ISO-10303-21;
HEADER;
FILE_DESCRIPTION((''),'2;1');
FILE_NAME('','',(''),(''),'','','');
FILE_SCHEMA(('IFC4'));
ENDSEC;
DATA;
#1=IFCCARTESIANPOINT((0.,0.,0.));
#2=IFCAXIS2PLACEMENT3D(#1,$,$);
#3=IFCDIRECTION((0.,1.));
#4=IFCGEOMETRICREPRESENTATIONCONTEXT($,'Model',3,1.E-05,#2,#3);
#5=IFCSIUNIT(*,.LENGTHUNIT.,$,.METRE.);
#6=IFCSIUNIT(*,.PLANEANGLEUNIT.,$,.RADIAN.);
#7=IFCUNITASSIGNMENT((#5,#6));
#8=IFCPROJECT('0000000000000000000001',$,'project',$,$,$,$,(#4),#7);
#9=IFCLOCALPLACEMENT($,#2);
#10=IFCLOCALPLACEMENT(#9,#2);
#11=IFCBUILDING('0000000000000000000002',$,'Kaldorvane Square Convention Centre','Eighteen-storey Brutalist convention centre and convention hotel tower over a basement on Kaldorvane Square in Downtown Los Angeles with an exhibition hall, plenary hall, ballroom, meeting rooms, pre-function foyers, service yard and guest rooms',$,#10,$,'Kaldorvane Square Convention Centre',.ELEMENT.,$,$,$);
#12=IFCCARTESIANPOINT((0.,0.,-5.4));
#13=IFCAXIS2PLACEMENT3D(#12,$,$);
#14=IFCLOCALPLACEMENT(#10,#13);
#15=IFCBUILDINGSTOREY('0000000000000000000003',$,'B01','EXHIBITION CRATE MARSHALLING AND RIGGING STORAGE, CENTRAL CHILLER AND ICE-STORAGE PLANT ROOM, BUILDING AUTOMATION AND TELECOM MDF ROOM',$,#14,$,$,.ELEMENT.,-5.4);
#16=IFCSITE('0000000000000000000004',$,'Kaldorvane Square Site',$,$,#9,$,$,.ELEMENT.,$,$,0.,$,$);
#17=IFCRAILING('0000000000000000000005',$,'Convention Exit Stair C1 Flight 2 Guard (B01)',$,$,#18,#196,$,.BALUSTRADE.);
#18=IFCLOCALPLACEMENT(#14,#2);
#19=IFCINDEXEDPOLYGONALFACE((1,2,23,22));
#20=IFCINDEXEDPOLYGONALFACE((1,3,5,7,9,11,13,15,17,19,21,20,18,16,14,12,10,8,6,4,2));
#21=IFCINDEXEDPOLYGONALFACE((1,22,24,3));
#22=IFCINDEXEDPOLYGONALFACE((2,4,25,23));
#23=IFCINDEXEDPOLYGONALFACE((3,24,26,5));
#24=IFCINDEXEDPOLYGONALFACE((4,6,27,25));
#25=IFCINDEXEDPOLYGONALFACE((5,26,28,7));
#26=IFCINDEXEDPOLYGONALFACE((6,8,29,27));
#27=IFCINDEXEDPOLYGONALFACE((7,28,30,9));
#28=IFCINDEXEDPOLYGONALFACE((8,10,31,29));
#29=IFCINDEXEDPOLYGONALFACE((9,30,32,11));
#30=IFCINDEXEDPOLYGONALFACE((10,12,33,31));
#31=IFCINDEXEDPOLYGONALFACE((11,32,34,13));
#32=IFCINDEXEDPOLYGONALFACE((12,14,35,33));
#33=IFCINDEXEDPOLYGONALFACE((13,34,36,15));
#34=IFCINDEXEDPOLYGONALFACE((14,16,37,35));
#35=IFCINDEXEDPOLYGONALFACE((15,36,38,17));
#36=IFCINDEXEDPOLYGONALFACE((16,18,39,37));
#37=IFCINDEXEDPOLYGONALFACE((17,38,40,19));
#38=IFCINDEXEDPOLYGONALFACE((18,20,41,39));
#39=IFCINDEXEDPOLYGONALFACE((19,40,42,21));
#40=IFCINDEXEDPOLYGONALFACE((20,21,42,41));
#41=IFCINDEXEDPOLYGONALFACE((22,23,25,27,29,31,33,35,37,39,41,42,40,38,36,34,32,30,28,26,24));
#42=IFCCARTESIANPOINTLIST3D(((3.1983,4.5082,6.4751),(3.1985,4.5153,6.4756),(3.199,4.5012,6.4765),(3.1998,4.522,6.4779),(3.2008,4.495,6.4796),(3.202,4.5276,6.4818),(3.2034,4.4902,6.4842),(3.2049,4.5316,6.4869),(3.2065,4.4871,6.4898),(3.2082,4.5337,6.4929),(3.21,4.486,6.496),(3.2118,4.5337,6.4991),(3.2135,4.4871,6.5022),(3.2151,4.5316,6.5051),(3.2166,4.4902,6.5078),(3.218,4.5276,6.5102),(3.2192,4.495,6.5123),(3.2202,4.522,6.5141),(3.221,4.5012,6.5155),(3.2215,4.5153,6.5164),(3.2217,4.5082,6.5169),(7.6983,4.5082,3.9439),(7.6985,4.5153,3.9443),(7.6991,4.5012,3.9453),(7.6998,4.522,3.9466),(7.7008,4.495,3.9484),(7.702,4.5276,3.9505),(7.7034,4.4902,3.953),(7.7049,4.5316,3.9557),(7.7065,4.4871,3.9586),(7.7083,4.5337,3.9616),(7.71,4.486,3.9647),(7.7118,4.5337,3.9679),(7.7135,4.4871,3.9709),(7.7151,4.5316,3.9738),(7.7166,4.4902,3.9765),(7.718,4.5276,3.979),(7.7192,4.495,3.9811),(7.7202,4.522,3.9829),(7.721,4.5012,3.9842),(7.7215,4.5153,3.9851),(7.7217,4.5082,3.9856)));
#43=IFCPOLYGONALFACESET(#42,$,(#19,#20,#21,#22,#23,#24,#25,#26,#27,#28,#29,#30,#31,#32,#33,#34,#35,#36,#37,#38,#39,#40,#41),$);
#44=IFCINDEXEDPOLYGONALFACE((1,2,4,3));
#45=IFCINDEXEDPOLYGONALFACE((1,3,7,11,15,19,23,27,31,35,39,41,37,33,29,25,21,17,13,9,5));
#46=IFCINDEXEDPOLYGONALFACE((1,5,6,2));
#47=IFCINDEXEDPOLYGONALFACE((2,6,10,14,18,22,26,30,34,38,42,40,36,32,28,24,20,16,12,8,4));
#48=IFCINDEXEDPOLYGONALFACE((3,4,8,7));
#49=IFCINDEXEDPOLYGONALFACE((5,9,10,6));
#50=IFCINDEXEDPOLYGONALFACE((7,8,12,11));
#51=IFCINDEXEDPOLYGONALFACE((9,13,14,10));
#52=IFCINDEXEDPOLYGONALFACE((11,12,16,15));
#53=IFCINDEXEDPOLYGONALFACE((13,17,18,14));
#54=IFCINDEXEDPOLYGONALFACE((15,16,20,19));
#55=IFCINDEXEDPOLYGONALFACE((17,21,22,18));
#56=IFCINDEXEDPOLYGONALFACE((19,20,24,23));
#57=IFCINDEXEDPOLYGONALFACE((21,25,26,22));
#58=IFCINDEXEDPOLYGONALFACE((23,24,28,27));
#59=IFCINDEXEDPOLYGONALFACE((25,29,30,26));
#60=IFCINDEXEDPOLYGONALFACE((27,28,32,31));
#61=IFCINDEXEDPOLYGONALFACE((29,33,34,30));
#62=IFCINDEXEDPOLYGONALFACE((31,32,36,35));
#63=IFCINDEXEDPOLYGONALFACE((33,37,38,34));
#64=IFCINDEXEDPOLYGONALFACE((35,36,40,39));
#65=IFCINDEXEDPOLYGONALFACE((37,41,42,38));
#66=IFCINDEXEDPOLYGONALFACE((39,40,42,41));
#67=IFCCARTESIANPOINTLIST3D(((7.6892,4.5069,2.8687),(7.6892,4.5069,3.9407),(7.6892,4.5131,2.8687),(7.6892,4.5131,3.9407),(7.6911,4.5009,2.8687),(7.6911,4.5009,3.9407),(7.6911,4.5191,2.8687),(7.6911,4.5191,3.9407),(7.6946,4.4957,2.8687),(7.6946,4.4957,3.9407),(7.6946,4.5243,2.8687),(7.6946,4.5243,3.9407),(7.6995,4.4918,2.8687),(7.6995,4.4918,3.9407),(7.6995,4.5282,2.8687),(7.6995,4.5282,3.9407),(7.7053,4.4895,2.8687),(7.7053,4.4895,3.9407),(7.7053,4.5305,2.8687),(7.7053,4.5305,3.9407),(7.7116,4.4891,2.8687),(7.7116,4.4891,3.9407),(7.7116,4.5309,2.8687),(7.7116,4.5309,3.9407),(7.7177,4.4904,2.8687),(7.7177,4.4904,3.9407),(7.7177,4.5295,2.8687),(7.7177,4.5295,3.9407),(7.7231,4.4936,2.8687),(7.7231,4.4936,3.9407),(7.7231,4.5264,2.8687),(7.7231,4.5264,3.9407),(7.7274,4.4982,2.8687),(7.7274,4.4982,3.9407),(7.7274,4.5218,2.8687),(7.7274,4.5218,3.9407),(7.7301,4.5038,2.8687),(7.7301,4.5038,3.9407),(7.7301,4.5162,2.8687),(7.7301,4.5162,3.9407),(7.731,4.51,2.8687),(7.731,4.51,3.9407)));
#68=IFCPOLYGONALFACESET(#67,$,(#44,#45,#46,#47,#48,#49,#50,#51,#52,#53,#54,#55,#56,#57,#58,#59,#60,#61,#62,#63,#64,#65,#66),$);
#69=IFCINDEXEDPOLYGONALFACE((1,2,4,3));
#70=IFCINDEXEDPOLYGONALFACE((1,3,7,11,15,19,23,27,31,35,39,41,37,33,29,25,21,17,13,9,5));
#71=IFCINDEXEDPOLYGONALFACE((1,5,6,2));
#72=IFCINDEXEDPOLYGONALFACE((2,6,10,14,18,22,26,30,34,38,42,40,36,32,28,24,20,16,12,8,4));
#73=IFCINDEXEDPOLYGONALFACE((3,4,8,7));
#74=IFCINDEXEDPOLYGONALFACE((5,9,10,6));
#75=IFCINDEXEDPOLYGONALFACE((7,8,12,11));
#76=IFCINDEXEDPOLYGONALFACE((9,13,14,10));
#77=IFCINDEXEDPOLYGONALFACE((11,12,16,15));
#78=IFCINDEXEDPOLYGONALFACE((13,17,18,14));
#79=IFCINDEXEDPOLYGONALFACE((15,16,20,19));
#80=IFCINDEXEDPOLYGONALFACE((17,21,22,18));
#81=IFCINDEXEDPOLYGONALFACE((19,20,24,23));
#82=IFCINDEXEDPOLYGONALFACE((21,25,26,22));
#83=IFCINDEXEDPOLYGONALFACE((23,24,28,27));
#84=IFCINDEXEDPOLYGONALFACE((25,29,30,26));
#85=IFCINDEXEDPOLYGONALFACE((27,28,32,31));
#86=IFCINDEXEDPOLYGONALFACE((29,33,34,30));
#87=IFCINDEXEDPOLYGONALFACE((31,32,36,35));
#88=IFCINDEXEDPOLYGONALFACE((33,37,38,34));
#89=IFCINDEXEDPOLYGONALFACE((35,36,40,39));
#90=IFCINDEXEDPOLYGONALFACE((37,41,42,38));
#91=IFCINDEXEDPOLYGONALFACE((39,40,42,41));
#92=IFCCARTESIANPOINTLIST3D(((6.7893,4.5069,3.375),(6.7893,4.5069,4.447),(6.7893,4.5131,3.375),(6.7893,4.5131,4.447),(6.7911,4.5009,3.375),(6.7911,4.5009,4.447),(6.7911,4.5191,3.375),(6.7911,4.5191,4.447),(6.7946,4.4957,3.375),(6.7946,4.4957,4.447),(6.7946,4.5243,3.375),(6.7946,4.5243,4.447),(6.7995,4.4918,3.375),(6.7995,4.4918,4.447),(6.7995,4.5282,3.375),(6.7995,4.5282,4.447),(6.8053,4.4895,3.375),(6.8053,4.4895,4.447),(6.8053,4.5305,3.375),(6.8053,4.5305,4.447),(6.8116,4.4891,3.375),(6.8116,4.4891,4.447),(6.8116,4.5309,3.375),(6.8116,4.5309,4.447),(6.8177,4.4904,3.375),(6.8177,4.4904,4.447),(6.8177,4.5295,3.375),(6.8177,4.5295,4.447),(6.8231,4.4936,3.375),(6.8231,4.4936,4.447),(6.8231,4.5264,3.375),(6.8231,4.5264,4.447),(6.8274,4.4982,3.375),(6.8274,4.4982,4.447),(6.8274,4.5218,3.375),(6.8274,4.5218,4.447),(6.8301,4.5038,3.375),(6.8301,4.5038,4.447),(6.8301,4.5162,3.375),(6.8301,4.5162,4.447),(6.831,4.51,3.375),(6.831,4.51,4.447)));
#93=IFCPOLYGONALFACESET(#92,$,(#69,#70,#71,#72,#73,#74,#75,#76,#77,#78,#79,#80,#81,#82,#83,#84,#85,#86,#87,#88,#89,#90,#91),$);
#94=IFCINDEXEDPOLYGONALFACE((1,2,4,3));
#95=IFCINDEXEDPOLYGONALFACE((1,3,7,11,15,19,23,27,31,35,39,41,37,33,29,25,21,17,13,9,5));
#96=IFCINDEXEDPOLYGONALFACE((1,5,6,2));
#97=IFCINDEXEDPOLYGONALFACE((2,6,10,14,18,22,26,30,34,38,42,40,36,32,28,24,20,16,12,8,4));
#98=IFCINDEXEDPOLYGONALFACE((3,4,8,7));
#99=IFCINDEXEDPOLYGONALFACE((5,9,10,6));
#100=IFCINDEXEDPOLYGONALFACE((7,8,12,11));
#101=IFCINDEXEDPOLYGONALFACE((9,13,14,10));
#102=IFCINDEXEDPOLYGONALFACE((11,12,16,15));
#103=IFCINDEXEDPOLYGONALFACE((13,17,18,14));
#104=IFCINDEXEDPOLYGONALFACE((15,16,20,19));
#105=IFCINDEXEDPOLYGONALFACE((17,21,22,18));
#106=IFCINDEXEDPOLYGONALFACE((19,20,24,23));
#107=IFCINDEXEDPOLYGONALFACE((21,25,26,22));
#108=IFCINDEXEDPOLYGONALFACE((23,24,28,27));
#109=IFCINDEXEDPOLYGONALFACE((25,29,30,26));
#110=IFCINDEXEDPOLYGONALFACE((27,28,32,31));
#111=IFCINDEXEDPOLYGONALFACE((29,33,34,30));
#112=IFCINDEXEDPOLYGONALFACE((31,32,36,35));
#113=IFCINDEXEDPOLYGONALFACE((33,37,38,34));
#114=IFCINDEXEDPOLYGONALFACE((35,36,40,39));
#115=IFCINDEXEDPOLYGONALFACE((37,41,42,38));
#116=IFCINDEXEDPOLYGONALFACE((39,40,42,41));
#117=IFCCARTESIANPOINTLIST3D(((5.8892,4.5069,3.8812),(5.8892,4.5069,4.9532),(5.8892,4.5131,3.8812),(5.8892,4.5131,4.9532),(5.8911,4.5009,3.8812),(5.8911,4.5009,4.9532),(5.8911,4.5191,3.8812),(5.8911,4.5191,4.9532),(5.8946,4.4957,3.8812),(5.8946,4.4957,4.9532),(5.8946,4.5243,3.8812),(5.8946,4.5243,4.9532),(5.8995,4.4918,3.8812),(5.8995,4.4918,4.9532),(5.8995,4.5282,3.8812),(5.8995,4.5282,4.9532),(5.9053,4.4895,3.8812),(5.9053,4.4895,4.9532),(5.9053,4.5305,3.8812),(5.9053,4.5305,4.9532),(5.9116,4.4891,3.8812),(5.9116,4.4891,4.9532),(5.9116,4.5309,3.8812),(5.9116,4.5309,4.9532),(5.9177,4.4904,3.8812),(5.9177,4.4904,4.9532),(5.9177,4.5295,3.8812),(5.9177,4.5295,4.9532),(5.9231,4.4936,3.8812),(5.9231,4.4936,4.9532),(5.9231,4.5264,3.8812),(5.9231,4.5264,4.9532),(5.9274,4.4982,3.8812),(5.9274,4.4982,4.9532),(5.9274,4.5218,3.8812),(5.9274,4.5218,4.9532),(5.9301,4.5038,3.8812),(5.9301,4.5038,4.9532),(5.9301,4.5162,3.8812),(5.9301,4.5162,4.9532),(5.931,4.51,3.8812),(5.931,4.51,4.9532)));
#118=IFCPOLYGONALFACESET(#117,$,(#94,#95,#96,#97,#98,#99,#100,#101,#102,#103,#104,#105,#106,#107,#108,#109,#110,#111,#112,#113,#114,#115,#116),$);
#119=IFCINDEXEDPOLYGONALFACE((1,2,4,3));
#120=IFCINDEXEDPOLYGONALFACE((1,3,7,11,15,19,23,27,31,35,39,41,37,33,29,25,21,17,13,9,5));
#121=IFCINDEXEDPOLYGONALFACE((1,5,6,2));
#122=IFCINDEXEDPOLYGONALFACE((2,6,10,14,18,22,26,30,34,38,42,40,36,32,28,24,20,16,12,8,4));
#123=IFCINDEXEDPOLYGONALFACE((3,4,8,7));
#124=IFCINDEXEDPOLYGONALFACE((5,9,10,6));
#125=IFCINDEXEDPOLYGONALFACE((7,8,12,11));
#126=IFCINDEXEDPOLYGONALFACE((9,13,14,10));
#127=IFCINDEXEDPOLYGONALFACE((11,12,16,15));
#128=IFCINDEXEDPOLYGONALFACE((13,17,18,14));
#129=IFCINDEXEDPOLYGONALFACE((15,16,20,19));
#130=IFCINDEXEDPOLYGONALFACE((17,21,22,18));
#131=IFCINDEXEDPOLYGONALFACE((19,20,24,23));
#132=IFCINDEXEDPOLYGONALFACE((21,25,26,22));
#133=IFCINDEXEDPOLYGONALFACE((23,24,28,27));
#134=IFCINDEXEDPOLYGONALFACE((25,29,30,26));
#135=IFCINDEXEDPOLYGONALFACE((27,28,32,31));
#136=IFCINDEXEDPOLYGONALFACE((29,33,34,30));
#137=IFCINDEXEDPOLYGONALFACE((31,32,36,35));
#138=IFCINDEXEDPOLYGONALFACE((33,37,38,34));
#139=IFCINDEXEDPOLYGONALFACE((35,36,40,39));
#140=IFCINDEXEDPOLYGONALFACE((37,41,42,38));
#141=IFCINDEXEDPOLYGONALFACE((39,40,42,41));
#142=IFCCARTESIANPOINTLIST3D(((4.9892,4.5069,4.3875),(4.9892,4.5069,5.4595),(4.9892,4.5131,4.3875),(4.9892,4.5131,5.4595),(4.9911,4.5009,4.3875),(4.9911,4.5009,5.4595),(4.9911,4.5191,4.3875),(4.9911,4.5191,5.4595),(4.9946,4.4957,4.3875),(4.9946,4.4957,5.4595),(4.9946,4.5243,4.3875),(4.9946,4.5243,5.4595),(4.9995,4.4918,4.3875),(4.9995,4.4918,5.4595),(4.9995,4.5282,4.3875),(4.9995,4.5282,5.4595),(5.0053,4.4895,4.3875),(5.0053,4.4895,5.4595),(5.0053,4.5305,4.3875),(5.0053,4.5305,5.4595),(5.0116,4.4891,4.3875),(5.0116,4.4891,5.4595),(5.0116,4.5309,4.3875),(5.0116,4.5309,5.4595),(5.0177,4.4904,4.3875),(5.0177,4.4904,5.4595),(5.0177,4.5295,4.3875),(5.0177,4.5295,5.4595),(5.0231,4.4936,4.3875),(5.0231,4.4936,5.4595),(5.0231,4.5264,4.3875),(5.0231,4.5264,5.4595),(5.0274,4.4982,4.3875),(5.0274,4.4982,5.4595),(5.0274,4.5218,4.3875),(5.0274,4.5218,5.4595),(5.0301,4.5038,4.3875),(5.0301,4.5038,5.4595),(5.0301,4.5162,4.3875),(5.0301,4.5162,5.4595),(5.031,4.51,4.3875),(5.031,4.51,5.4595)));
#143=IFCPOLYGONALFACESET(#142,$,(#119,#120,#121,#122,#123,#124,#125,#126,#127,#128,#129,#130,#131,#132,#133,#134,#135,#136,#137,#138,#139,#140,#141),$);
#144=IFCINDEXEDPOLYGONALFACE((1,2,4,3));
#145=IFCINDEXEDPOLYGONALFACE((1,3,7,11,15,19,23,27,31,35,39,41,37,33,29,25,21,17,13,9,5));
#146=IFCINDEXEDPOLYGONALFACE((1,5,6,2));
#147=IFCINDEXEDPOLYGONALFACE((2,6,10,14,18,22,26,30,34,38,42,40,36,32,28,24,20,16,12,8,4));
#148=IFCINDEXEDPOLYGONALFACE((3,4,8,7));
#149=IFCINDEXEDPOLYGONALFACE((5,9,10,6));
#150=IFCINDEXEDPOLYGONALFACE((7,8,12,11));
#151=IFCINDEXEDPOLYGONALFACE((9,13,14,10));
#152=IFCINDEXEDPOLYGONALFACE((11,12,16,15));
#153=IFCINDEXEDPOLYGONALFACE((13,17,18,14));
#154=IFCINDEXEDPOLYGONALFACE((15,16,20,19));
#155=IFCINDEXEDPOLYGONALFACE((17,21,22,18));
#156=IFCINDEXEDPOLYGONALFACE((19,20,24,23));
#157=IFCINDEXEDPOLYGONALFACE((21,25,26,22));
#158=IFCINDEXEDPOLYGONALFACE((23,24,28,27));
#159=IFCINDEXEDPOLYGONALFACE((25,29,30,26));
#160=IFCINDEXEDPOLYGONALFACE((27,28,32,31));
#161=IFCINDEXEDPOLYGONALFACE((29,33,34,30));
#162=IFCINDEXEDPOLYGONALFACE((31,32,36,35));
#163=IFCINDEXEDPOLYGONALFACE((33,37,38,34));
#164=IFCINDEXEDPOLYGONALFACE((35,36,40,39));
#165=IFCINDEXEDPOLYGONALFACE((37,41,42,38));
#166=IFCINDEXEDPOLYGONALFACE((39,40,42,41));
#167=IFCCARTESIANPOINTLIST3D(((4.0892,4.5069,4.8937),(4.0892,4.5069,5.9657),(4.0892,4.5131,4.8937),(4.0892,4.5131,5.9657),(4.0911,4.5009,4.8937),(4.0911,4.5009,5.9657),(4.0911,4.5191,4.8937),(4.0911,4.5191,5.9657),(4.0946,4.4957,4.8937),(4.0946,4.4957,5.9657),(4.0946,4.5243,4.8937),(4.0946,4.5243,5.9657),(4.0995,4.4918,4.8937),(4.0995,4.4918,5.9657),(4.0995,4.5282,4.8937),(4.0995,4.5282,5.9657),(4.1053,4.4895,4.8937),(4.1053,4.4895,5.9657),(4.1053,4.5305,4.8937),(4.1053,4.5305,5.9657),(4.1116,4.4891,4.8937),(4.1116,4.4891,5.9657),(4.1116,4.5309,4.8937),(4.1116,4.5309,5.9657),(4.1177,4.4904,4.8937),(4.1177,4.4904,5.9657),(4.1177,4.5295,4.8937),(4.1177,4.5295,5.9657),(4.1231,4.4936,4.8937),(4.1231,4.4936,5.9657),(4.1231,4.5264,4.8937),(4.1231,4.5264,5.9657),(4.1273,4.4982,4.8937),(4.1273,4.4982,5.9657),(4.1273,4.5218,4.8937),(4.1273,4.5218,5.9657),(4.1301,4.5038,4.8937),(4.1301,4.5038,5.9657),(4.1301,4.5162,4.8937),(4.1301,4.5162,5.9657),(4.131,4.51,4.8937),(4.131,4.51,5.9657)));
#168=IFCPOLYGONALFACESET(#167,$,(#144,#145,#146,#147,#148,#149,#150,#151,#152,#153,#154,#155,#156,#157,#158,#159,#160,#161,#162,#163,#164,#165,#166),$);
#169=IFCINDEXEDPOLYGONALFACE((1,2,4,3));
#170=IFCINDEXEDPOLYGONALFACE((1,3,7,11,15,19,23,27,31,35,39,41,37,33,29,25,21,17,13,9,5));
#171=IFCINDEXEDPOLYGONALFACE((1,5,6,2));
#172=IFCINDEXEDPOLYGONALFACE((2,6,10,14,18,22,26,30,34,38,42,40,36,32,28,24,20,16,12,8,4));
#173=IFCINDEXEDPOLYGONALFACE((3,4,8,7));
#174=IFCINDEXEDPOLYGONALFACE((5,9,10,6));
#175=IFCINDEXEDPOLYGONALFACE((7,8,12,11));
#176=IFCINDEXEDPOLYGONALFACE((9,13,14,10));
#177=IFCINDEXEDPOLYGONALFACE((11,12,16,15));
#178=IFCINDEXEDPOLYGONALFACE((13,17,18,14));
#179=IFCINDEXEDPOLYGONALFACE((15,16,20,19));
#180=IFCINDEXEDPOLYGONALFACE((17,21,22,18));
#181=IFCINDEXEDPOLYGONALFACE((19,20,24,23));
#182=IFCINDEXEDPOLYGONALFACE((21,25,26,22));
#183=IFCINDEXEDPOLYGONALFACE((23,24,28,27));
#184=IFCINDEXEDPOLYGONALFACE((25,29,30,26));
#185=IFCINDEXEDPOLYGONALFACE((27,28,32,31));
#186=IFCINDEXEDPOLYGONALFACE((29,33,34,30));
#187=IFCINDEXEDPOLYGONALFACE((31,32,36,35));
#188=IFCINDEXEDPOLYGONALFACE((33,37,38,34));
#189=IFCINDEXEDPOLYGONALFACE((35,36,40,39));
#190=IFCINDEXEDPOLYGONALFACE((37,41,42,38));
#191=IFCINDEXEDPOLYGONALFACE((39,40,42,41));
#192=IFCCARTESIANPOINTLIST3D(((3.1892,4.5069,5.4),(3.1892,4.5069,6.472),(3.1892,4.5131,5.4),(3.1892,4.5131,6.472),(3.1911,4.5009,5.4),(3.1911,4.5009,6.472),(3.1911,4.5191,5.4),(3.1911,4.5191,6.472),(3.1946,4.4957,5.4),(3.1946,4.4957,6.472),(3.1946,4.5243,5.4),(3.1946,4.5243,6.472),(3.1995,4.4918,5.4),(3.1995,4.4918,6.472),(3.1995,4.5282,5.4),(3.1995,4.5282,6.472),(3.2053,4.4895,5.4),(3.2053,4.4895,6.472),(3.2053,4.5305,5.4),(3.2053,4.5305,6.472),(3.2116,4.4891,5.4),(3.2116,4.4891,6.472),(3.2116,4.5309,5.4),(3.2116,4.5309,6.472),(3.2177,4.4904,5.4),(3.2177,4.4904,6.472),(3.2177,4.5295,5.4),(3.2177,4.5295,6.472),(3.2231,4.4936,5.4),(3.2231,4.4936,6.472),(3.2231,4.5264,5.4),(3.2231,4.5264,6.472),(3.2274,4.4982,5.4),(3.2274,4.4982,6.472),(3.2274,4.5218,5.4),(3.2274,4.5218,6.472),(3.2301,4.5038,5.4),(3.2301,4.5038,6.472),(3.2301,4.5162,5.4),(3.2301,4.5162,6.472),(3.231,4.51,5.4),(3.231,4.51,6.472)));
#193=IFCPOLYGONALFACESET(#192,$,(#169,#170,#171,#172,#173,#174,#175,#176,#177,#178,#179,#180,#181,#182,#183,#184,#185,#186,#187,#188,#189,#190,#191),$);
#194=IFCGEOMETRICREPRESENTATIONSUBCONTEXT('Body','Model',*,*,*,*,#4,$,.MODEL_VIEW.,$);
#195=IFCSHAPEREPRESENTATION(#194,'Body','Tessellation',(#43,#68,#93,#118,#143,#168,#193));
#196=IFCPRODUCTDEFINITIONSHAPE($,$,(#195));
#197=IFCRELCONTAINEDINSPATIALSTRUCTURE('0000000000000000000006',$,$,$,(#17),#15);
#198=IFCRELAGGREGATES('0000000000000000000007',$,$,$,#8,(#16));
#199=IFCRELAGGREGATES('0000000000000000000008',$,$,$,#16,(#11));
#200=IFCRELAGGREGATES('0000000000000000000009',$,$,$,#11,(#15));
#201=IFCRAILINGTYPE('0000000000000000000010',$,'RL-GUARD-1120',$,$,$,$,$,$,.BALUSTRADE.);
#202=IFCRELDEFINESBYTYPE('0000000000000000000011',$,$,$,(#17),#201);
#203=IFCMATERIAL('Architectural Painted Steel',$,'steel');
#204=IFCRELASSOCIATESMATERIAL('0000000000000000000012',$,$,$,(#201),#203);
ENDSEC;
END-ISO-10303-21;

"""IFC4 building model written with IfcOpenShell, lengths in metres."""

from ifc_helpers import new_model, si_unit, direction, frame, origin, origin_2d, place, context, subcontext, project, spatial, circle, extrude, material, type_object, element, save


model = new_model("IFC4")

# Units and contexts
model_context = context("Model", 3, precision=1e-05, world=origin(), true_north=direction((0.0, 1.0)))
body_context = subcontext(model_context, "Body", "Model", "MODEL_VIEW")
ifc_project = project(units=[si_unit("LENGTHUNIT", "METRE"), si_unit("PLANEANGLEUNIT", "RADIAN")], contexts=[model_context])

# Site, building, storey
site_placement = place(None, origin())
site = spatial("IfcSite", under=ifc_project, at=site_placement, Name="Kaldorvane Square Site", CompositionType="ELEMENT", RefElevation=0.0)
building_placement = place(site_placement, origin())
building = spatial("IfcBuilding", under=site, at=building_placement, Name="Kaldorvane Square Convention Centre", Description="Eighteen-storey Brutalist convention centre and convention hotel tower over a basement on Kaldorvane Square in Downtown Los Angeles with an exhibition hall, plenary hall, ballroom, meeting rooms, pre-function foyers, service yard and guest rooms", LongName="Kaldorvane Square Convention Centre", CompositionType="ELEMENT")
storey_placement = place(building_placement, frame((0.0, 0.0, -5.4)))
storey = spatial("IfcBuildingStorey", under=building, at=storey_placement, Name="B01", Description="EXHIBITION CRATE MARSHALLING AND RIGGING STORAGE, CENTRAL CHILLER AND ICE-STORAGE PLANT ROOM, BUILDING AUTOMATION AND TELECOM MDF ROOM", CompositionType="ELEMENT", Elevation=-5.4)

# Railing
ifc_material_1 = material(Name="Architectural Painted Steel", Category="steel")
railing_type_1 = type_object("IfcRailingType", Name="RL-GUARD-1120", PredefinedType="BALUSTRADE", material=ifc_material_1)
railing_1_placement = place(storey_placement, frame((7.71, 4.51, 2.8687)))
element("IfcRailing", 1, at=railing_1_placement, inside=storey, type_object=railing_type_1, Name="Convention Exit Stair C1 Flight 2 Guard (B01)", PredefinedType="BALUSTRADE", context=body_context, shape_type="SweptSolid", body=[
    extrude(circle(Radius=0.024, at=origin_2d()), frame((0.0, 0.0, 1.096), z_axis=(-0.871576, 0.0, 0.490261), x_axis=(0.0, -1.0, 0.0)), (0.0, 0.0, 1.0), 5.1631),
    extrude(circle(Radius=0.021, at=origin_2d()), origin(), (0.0, 0.0, 1.0), 1.072),
    extrude(circle(Radius=0.021, at=origin_2d()), frame((-0.9, 0.0, 0.5063)), (0.0, 0.0, 1.0), 1.072),
    extrude(circle(Radius=0.021, at=origin_2d()), frame((-1.8, 0.0, 1.0125)), (0.0, 0.0, 1.0), 1.072),
    extrude(circle(Radius=0.021, at=origin_2d()), frame((-2.7, 0.0, 1.5188)), (0.0, 0.0, 1.0), 1.072),
    extrude(circle(Radius=0.021, at=origin_2d()), frame((-3.6, 0.0, 2.025)), (0.0, 0.0, 1.0), 1.072),
    extrude(circle(Radius=0.021, at=origin_2d()), frame((-4.5, 0.0, 2.5312)), (0.0, 0.0, 1.0), 1.072),
])

save(model, "model.ifc")
